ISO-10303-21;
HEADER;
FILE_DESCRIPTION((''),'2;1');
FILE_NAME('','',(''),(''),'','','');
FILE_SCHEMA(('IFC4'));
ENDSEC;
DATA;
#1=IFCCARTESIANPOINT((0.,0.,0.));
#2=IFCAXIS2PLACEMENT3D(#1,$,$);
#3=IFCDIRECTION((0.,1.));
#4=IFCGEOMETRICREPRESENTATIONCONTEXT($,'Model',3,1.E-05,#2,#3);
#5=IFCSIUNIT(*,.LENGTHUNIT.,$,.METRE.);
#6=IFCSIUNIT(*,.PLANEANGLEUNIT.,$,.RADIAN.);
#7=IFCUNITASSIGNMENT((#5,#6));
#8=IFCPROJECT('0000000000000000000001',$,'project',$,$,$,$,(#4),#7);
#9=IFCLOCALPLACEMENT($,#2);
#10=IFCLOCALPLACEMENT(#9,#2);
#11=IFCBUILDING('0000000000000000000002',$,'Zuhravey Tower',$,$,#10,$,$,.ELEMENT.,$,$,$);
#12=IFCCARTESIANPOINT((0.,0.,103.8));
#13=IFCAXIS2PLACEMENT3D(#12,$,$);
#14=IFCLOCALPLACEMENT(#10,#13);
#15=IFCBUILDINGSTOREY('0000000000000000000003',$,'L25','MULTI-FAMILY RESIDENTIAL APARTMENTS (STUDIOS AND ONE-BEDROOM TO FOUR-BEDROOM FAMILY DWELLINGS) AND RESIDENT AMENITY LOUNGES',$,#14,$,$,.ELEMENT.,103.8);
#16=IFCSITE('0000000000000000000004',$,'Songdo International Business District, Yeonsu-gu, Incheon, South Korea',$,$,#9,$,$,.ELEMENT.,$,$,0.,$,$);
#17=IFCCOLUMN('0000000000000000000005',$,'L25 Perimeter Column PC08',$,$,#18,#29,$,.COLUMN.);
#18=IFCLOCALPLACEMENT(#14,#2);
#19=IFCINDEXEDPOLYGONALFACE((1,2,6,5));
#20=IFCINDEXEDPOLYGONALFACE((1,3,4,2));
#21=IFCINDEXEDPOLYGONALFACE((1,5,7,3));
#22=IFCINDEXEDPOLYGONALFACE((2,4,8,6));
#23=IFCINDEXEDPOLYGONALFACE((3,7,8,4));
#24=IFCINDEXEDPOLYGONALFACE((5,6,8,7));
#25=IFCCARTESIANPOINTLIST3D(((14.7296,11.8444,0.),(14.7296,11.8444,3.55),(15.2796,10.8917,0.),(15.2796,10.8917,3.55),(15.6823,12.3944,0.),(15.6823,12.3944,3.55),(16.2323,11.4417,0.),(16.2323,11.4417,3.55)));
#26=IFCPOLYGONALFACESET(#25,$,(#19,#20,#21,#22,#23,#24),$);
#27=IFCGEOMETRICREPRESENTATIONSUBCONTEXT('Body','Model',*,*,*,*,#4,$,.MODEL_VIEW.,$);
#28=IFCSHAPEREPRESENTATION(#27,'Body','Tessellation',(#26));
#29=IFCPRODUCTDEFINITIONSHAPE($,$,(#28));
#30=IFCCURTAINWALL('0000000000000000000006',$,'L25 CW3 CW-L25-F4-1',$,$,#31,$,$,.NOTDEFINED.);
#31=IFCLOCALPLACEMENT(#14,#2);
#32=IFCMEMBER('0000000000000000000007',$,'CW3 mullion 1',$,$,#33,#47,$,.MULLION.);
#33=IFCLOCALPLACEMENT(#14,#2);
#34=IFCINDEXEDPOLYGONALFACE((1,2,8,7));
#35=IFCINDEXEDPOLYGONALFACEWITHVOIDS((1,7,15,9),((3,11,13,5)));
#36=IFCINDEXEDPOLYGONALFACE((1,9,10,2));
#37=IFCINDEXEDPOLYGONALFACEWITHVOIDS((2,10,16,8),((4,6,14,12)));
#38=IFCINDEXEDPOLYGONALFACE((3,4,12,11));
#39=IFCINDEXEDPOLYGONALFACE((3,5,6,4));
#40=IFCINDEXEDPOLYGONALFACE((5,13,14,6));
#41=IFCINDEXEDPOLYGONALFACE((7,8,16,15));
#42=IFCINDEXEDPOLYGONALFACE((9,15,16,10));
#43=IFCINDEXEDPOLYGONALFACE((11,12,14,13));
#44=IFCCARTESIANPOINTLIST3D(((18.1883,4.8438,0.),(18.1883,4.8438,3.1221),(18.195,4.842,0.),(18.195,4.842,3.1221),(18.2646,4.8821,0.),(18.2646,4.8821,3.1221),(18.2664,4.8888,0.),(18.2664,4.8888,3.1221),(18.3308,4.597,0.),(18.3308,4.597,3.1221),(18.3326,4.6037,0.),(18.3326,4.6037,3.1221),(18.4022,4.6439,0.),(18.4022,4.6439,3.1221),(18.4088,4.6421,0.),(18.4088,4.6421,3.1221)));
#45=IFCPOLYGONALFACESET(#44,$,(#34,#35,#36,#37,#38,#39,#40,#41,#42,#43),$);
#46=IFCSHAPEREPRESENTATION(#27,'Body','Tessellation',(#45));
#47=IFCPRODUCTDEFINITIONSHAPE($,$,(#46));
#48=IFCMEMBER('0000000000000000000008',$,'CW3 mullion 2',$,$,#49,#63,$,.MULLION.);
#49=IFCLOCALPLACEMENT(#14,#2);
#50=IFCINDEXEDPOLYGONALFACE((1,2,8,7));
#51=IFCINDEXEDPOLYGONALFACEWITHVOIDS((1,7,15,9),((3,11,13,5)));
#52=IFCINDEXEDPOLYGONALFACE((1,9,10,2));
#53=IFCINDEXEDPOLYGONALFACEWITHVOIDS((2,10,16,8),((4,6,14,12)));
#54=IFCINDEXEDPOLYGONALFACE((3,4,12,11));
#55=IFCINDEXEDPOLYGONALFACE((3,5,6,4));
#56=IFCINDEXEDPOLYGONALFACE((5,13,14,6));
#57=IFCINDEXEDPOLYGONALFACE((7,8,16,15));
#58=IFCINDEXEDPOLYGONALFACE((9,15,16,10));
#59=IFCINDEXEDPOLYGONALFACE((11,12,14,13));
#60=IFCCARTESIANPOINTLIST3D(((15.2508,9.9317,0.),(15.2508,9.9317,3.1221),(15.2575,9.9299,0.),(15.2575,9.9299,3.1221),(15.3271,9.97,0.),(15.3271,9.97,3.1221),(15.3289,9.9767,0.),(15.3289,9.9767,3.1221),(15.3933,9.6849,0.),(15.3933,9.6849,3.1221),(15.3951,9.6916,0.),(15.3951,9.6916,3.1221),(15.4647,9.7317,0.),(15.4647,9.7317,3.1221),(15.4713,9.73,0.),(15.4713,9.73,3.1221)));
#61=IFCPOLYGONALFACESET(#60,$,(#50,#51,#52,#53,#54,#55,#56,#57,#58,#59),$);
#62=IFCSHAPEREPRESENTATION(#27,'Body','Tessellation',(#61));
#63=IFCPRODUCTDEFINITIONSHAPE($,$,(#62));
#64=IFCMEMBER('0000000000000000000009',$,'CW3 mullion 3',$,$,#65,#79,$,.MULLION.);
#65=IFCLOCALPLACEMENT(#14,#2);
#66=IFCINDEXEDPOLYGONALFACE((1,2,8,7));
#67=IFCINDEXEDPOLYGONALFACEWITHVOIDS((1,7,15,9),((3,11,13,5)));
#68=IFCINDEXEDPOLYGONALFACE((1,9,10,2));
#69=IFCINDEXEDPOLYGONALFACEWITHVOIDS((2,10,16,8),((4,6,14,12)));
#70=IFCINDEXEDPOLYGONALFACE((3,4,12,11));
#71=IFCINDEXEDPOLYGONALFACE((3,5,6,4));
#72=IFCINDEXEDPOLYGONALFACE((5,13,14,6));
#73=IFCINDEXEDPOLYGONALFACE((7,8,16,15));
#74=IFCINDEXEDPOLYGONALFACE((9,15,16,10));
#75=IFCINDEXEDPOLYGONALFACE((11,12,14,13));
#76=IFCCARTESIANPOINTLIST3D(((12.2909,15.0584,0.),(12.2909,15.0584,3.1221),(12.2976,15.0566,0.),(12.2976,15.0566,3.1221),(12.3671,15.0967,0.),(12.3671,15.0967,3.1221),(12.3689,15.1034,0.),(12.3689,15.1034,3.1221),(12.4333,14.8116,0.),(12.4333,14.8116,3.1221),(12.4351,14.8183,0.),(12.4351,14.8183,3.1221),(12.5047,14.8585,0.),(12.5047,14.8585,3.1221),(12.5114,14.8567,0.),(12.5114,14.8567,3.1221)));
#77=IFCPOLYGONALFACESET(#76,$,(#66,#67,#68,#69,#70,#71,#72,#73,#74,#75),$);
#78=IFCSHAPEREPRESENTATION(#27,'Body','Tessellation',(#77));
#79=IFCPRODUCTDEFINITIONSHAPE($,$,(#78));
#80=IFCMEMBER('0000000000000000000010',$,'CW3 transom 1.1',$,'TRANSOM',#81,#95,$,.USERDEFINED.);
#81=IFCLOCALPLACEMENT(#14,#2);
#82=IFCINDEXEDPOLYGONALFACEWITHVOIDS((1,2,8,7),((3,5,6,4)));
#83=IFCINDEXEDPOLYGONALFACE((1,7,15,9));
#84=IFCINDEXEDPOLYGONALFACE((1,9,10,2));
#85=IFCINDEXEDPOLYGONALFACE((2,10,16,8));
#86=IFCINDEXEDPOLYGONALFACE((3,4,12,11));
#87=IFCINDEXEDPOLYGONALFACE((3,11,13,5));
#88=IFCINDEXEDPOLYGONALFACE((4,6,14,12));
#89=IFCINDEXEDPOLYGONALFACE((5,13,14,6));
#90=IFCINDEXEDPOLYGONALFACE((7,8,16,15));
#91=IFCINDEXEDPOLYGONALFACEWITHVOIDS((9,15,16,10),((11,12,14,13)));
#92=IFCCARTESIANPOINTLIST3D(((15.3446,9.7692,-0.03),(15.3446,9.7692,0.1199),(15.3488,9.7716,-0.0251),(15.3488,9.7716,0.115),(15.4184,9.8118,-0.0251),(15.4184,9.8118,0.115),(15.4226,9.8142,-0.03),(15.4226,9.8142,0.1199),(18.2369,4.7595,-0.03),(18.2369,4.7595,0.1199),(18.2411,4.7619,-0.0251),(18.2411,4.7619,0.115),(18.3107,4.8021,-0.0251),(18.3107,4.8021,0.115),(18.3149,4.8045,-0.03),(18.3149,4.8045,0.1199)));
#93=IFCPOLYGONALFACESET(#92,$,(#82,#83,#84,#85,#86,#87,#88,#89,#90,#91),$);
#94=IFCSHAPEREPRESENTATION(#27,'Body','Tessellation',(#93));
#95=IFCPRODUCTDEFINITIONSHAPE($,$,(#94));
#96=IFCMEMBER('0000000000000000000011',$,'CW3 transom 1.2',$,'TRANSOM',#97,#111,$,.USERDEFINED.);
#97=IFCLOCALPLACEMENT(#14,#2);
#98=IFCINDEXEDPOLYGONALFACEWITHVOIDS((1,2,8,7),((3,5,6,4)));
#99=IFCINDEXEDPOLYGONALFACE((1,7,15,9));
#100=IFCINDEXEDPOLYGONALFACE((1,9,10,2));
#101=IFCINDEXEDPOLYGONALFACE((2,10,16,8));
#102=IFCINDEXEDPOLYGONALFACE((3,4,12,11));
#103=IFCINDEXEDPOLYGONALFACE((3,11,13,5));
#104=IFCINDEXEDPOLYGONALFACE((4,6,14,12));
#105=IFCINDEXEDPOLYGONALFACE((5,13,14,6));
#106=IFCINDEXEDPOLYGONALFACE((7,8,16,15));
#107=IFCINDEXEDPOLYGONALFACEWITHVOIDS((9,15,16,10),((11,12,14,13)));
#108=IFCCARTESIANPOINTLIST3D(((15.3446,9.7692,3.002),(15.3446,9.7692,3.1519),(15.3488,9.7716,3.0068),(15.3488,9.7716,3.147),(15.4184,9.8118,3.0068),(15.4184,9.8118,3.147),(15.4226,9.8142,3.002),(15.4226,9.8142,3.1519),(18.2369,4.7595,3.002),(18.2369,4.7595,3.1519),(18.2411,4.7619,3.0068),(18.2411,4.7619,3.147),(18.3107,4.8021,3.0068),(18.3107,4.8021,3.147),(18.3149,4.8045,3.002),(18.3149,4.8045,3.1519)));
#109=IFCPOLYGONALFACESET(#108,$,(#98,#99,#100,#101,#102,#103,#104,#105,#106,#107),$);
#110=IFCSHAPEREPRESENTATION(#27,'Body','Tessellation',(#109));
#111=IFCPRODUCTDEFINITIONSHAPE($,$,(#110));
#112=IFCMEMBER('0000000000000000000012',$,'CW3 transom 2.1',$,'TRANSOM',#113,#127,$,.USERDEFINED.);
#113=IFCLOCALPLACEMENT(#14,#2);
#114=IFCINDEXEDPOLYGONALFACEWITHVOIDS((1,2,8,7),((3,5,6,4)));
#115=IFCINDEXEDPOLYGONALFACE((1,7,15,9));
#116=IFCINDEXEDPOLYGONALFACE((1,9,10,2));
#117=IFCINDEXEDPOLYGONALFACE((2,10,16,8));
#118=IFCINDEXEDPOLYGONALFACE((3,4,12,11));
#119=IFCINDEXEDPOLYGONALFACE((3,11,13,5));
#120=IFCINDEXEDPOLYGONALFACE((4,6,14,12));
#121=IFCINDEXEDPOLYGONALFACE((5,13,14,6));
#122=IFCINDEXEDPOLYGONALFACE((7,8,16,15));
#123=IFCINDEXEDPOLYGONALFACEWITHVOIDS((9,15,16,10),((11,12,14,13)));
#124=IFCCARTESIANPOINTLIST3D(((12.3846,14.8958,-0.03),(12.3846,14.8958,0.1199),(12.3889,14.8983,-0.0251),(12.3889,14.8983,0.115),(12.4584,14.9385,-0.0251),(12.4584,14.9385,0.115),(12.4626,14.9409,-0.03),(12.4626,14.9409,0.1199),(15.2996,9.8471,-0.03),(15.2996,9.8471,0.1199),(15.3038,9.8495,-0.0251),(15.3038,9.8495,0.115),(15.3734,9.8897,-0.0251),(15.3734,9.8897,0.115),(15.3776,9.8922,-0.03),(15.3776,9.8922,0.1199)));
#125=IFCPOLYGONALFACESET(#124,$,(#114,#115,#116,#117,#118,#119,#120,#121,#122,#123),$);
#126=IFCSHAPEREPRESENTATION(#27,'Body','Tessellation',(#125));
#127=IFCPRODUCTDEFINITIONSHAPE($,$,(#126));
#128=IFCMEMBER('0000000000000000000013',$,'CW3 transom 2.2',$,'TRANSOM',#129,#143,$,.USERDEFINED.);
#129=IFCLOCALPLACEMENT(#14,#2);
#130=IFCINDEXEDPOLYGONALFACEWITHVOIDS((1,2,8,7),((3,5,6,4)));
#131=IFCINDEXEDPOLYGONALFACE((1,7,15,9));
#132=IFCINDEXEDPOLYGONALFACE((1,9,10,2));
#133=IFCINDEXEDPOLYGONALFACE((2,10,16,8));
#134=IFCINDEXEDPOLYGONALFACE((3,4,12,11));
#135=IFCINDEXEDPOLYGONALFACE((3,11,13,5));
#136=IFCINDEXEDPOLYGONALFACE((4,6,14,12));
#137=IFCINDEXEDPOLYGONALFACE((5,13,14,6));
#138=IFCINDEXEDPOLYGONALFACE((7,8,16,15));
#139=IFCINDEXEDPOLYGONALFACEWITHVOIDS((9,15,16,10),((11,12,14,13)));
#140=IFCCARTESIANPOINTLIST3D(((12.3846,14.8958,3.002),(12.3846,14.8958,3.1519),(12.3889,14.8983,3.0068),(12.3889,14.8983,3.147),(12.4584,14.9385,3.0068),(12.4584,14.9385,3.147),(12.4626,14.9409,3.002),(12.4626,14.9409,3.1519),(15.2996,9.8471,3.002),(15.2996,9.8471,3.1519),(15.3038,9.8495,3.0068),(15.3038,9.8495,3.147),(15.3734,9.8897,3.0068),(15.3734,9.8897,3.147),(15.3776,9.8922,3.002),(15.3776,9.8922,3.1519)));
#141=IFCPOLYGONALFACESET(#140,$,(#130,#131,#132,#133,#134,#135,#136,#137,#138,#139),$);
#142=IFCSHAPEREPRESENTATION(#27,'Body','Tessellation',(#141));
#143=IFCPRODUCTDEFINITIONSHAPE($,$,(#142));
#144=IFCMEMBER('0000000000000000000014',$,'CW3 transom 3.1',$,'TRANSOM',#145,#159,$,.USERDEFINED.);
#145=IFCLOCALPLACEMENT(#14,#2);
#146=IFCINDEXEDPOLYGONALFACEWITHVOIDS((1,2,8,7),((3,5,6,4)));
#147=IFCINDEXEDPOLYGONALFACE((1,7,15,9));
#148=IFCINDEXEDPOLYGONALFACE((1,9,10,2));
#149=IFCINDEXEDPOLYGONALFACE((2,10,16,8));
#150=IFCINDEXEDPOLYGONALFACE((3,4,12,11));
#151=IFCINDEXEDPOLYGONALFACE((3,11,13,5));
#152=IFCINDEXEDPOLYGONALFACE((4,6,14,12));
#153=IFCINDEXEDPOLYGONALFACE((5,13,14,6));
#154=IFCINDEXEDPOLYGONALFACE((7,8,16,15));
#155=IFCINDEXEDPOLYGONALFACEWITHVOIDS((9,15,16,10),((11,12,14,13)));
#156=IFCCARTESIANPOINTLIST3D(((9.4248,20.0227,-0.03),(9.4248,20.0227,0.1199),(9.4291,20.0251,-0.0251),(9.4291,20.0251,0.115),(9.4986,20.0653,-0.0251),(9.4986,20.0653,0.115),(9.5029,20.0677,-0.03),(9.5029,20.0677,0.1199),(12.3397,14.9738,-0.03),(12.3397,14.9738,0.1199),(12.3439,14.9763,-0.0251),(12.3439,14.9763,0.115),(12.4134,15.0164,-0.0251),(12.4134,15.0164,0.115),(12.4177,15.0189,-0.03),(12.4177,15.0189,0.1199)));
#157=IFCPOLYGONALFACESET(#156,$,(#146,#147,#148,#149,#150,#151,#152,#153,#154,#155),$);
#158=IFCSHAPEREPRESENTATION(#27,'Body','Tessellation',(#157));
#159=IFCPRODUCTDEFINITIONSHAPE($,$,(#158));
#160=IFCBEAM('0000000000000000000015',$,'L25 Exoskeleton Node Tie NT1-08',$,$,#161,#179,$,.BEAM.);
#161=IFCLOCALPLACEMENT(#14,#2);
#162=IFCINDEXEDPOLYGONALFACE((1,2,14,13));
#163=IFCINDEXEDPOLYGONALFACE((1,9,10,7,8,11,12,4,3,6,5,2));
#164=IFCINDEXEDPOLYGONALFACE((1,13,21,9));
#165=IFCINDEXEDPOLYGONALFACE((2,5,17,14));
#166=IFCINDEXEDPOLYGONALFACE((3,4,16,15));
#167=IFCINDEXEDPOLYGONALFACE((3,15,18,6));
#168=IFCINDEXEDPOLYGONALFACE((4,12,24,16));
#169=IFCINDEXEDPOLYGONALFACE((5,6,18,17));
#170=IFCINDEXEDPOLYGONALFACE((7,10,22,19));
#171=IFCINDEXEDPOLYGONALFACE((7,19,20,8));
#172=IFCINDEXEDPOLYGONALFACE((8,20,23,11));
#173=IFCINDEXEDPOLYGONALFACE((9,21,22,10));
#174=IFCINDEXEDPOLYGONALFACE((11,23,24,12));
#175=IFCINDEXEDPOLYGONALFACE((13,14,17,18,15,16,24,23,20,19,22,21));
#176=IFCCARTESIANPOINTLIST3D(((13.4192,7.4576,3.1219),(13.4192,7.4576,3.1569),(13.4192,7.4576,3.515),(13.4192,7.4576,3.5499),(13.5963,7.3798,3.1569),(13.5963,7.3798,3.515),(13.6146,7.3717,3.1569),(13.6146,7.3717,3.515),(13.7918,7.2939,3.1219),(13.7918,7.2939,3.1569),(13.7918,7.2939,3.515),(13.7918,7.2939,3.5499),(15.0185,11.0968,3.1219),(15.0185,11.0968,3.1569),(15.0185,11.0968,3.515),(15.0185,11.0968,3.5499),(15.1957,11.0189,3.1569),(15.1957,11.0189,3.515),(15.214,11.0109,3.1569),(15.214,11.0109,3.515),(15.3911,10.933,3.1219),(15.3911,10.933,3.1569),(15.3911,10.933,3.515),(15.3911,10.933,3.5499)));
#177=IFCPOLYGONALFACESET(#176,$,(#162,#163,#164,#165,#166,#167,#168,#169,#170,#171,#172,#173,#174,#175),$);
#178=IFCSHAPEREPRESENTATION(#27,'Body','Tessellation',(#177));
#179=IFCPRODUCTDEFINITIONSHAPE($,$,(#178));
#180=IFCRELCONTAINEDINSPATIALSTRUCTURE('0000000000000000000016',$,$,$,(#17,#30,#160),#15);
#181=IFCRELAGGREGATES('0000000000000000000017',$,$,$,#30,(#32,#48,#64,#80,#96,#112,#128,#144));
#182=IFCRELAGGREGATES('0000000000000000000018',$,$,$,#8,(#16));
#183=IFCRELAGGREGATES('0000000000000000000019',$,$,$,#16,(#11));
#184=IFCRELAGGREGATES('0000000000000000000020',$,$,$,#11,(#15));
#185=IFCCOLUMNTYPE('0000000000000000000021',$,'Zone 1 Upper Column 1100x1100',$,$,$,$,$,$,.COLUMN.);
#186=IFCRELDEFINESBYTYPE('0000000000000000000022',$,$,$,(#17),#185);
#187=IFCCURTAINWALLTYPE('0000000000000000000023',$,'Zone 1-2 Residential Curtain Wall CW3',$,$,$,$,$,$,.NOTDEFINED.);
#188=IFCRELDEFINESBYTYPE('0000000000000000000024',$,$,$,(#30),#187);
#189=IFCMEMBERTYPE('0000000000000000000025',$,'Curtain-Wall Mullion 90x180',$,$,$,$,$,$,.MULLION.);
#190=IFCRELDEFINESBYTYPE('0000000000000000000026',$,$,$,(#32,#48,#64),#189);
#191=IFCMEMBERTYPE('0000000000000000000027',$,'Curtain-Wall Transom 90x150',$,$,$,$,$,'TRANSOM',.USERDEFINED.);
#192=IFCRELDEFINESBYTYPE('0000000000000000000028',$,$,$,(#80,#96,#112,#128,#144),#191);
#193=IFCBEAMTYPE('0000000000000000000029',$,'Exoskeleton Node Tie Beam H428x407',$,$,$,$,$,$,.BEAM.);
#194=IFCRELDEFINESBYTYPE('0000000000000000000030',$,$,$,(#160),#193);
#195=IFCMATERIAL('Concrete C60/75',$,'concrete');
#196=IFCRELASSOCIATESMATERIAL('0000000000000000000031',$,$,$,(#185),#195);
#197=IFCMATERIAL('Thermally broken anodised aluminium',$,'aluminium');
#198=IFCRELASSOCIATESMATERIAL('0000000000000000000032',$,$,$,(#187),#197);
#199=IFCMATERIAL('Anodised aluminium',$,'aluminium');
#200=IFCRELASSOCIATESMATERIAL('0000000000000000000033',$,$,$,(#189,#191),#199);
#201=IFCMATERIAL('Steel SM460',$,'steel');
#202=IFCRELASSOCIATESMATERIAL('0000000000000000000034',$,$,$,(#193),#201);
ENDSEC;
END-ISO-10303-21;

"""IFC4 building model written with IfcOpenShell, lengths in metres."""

from ifc_helpers import new_model, si_unit, direction, frame, origin, origin_2d, place, context, subcontext, project, spatial, rectangle, hollow_rectangle, i_section, extrude, material, material_profile, profile_set, type_object, element, aggregate, save


model = new_model("IFC4")

# Units and contexts
model_context = context("Model", 3, precision=1e-05, world=origin(), true_north=direction((0.0, 1.0)))
body_context = subcontext(model_context, "Body", "Model", "MODEL_VIEW")
ifc_project = project(units=[si_unit("LENGTHUNIT", "METRE"), si_unit("PLANEANGLEUNIT", "RADIAN")], contexts=[model_context])

# Site, building, storey
site_placement = place(None, origin())
site = spatial("IfcSite", under=ifc_project, at=site_placement, Name="Songdo International Business District, Yeonsu-gu, Incheon, South Korea", CompositionType="ELEMENT", RefElevation=0.0)
building_placement = place(site_placement, origin())
building = spatial("IfcBuilding", under=site, at=building_placement, Name="Zuhravey Tower", CompositionType="ELEMENT")
storey_placement = place(building_placement, frame((0.0, 0.0, 103.8)))
storey = spatial("IfcBuildingStorey", under=building, at=storey_placement, Name="L25", Description="MULTI-FAMILY RESIDENTIAL APARTMENTS (STUDIOS AND ONE-BEDROOM TO FOUR-BEDROOM FAMILY DWELLINGS) AND RESIDENT AMENITY LOUNGES", CompositionType="ELEMENT", Elevation=103.8)

# Column
ifc_material_1 = material(Name="Concrete C60/75", Category="concrete")
ifc_material_profile_1 = material_profile(ifc_material_1, rectangle(XDim=1.1001, YDim=1.1001, at=origin_2d()), Name="RC-1100x1100")
ifc_profile_set_1 = profile_set([ifc_material_profile_1], Name="Concrete C60/75")
column_type = type_object("IfcColumnType", Name="Zone 1 Upper Column 1100x1100", PredefinedType="COLUMN", material=ifc_profile_set_1)
column_placement = place(storey_placement, frame((15.481, 11.6431, 0.0), z_axis=(0.0, 0.0, 1.0), x_axis=(0.5, -0.866025, 0.0)))
element("IfcColumn", 1, at=column_placement, inside=storey, type_object=column_type, Name="L25 Perimeter Column PC08", PredefinedType="COLUMN", context=body_context, shape_type="SweptSolid", body=[
    extrude(rectangle(XDim=1.1001, YDim=1.1001, at=origin_2d()), origin(), (0.0, 0.0, 1.0), 3.55),
])

# Curtain wall, members
ifc_material_2 = material(Name="Thermally broken anodised aluminium", Category="aluminium")
curtain_wall_type = type_object("IfcCurtainWallType", Name="Zone 1-2 Residential Curtain Wall CW3", PredefinedType="NOTDEFINED", material=ifc_material_2)
curtain_wall_placement = place(storey_placement, origin())
curtain_wall = element("IfcCurtainWall", 2, at=curtain_wall_placement, inside=storey, type_object=curtain_wall_type, Name="L25 CW3 CW-L25-F4-1", PredefinedType="NOTDEFINED")
ifc_material_3 = material(Name="Anodised aluminium", Category="aluminium")
ifc_material_profile_2 = material_profile(ifc_material_3, hollow_rectangle(XDim=0.0901, YDim=0.2849, WallThickness=0.0049, at=origin_2d()), Name="ALU-RHS-90x285x5")
ifc_profile_set_2 = profile_set([ifc_material_profile_2], Name="Anodised aluminium")
member_type_1 = type_object("IfcMemberType", Name="Curtain-Wall Mullion 90x180", PredefinedType="MULLION", material=ifc_profile_set_2)
member_1_placement = place(storey_placement, frame((18.2986, 4.7429, 0.0), z_axis=(0.0, 0.0, 1.0), x_axis=(-0.866026, -0.5, 0.0)))
member_1 = element("IfcMember", 3, at=member_1_placement, type_object=member_type_1, Name="CW3 mullion 1", PredefinedType="MULLION", context=body_context, shape_type="SweptSolid", body=[
    extrude(hollow_rectangle(XDim=0.0901, YDim=0.2849, WallThickness=0.0049, at=origin_2d()), origin(), (0.0, 0.0, 1.0), 3.1221),
])
member_2_placement = place(storey_placement, frame((15.3611, 9.8308, 0.0), z_axis=(0.0, 0.0, 1.0), x_axis=(-0.866026, -0.5, 0.0)))
member_2 = element("IfcMember", 4, at=member_2_placement, type_object=member_type_1, Name="CW3 mullion 2", PredefinedType="MULLION", context=body_context, shape_type="SweptSolid", body=[
    extrude(hollow_rectangle(XDim=0.0901, YDim=0.2849, WallThickness=0.0049, at=origin_2d()), origin(), (0.0, 0.0, 1.0), 3.1221),
])
member_3_placement = place(storey_placement, frame((12.4011, 14.9575, 0.0), z_axis=(0.0, 0.0, 1.0), x_axis=(-0.866026, -0.5, 0.0)))
member_3 = element("IfcMember", 5, at=member_3_placement, type_object=member_type_1, Name="CW3 mullion 3", PredefinedType="MULLION", context=body_context, shape_type="SweptSolid", body=[
    extrude(hollow_rectangle(XDim=0.0901, YDim=0.2849, WallThickness=0.0049, at=origin_2d()), origin(), (0.0, 0.0, 1.0), 3.1221),
])
ifc_material_profile_3 = material_profile(ifc_material_3, hollow_rectangle(XDim=0.0901, YDim=0.1499, WallThickness=0.0049, at=origin_2d()), Name="ALU-RHS-90x150x5")
ifc_profile_set_3 = profile_set([ifc_material_profile_3], Name="Anodised aluminium")
member_type_2 = type_object("IfcMemberType", Name="Curtain-Wall Transom 90x150", ElementType="TRANSOM", PredefinedType="USERDEFINED", material=ifc_profile_set_3)
member_4_placement = place(storey_placement, frame((18.2759, 4.782, 0.0449), z_axis=(-0.499993, 0.86603, 0.0), x_axis=(-0.86603, -0.499993, 0.0)))
member_4 = element("IfcMember", 6, at=member_4_placement, type_object=member_type_2, Name="CW3 transom 1.1", ObjectType="TRANSOM", PredefinedType="USERDEFINED", context=body_context, shape_type="SweptSolid", body=[
    extrude(hollow_rectangle(XDim=0.0901, YDim=0.1499, WallThickness=0.0049, at=origin_2d()), origin(), (0.0, 0.0, 1.0), 5.7847),
])
member_5_placement = place(storey_placement, frame((18.2759, 4.782, 3.0769), z_axis=(-0.499993, 0.86603, 0.0), x_axis=(-0.86603, -0.499993, 0.0)))
member_5 = element("IfcMember", 7, at=member_5_placement, type_object=member_type_2, Name="CW3 transom 1.2", ObjectType="TRANSOM", PredefinedType="USERDEFINED", context=body_context, shape_type="SweptSolid", body=[
    extrude(hollow_rectangle(XDim=0.0901, YDim=0.1499, WallThickness=0.0049, at=origin_2d()), origin(), (0.0, 0.0, 1.0), 5.7847),
])
member_6_placement = place(storey_placement, frame((15.3386, 9.8696, 0.0449), z_axis=(-0.500012, 0.866018, 0.0), x_axis=(-0.866018, -0.500012, 0.0)))
member_6 = element("IfcMember", 8, at=member_6_placement, type_object=member_type_2, Name="CW3 transom 2.1", ObjectType="TRANSOM", PredefinedType="USERDEFINED", context=body_context, shape_type="SweptSolid", body=[
    extrude(hollow_rectangle(XDim=0.0901, YDim=0.1499, WallThickness=0.0049, at=origin_2d()), origin(), (0.0, 0.0, 1.0), 5.8298),
])
member_7_placement = place(storey_placement, frame((15.3386, 9.8696, 3.0769), z_axis=(-0.500012, 0.866018, 0.0), x_axis=(-0.866018, -0.500012, 0.0)))
member_7 = element("IfcMember", 9, at=member_7_placement, type_object=member_type_2, Name="CW3 transom 2.2", ObjectType="TRANSOM", PredefinedType="USERDEFINED", context=body_context, shape_type="SweptSolid", body=[
    extrude(hollow_rectangle(XDim=0.0901, YDim=0.1499, WallThickness=0.0049, at=origin_2d()), origin(), (0.0, 0.0, 1.0), 5.8298),
])
member_8_placement = place(storey_placement, frame((12.3787, 14.9963, 0.0449), z_axis=(-0.499981, 0.866036, 0.0), x_axis=(-0.866036, -0.499981, 0.0)))
member_8 = element("IfcMember", 10, at=member_8_placement, type_object=member_type_2, Name="CW3 transom 3.1", ObjectType="TRANSOM", PredefinedType="USERDEFINED", context=body_context, shape_type="SweptSolid", body=[
    extrude(hollow_rectangle(XDim=0.0901, YDim=0.1499, WallThickness=0.0049, at=origin_2d()), origin(), (0.0, 0.0, 1.0), 5.8298),
])

# Beam
ifc_material_4 = material(Name="Steel SM460", Category="steel")
ifc_material_profile_4 = material_profile(ifc_material_4, i_section(OverallWidth=0.407, OverallDepth=0.428, WebThickness=0.02, FlangeThickness=0.0349, at=origin_2d()), Name="H-428x407x20x35")
ifc_profile_set_4 = profile_set([ifc_material_profile_4], Name="Steel SM460")
beam_type_1 = type_object("IfcBeamType", Name="Exoskeleton Node Tie Beam H428x407", PredefinedType="BEAM", material=ifc_profile_set_4)
beam_1_placement = place(storey_placement, frame((15.2048, 11.0149, 3.3359), z_axis=(-0.402345, -0.915488, 0.0), x_axis=(0.915488, -0.402345, 0.0)))
element("IfcBeam", 11, at=beam_1_placement, inside=storey, type_object=beam_type_1, Name="L25 Exoskeleton Node Tie NT1-08", PredefinedType="BEAM", context=body_context, shape_type="SweptSolid", body=[
    extrude(i_section(OverallWidth=0.407, OverallDepth=0.428, WebThickness=0.02, FlangeThickness=0.0349, at=origin_2d()), origin(), (0.0, 0.0, 1.0), 3.9751),
])

aggregate(curtain_wall, [member_1, member_2, member_3, member_4, member_5, member_6, member_7, member_8])

save(model, "model.ifc")
